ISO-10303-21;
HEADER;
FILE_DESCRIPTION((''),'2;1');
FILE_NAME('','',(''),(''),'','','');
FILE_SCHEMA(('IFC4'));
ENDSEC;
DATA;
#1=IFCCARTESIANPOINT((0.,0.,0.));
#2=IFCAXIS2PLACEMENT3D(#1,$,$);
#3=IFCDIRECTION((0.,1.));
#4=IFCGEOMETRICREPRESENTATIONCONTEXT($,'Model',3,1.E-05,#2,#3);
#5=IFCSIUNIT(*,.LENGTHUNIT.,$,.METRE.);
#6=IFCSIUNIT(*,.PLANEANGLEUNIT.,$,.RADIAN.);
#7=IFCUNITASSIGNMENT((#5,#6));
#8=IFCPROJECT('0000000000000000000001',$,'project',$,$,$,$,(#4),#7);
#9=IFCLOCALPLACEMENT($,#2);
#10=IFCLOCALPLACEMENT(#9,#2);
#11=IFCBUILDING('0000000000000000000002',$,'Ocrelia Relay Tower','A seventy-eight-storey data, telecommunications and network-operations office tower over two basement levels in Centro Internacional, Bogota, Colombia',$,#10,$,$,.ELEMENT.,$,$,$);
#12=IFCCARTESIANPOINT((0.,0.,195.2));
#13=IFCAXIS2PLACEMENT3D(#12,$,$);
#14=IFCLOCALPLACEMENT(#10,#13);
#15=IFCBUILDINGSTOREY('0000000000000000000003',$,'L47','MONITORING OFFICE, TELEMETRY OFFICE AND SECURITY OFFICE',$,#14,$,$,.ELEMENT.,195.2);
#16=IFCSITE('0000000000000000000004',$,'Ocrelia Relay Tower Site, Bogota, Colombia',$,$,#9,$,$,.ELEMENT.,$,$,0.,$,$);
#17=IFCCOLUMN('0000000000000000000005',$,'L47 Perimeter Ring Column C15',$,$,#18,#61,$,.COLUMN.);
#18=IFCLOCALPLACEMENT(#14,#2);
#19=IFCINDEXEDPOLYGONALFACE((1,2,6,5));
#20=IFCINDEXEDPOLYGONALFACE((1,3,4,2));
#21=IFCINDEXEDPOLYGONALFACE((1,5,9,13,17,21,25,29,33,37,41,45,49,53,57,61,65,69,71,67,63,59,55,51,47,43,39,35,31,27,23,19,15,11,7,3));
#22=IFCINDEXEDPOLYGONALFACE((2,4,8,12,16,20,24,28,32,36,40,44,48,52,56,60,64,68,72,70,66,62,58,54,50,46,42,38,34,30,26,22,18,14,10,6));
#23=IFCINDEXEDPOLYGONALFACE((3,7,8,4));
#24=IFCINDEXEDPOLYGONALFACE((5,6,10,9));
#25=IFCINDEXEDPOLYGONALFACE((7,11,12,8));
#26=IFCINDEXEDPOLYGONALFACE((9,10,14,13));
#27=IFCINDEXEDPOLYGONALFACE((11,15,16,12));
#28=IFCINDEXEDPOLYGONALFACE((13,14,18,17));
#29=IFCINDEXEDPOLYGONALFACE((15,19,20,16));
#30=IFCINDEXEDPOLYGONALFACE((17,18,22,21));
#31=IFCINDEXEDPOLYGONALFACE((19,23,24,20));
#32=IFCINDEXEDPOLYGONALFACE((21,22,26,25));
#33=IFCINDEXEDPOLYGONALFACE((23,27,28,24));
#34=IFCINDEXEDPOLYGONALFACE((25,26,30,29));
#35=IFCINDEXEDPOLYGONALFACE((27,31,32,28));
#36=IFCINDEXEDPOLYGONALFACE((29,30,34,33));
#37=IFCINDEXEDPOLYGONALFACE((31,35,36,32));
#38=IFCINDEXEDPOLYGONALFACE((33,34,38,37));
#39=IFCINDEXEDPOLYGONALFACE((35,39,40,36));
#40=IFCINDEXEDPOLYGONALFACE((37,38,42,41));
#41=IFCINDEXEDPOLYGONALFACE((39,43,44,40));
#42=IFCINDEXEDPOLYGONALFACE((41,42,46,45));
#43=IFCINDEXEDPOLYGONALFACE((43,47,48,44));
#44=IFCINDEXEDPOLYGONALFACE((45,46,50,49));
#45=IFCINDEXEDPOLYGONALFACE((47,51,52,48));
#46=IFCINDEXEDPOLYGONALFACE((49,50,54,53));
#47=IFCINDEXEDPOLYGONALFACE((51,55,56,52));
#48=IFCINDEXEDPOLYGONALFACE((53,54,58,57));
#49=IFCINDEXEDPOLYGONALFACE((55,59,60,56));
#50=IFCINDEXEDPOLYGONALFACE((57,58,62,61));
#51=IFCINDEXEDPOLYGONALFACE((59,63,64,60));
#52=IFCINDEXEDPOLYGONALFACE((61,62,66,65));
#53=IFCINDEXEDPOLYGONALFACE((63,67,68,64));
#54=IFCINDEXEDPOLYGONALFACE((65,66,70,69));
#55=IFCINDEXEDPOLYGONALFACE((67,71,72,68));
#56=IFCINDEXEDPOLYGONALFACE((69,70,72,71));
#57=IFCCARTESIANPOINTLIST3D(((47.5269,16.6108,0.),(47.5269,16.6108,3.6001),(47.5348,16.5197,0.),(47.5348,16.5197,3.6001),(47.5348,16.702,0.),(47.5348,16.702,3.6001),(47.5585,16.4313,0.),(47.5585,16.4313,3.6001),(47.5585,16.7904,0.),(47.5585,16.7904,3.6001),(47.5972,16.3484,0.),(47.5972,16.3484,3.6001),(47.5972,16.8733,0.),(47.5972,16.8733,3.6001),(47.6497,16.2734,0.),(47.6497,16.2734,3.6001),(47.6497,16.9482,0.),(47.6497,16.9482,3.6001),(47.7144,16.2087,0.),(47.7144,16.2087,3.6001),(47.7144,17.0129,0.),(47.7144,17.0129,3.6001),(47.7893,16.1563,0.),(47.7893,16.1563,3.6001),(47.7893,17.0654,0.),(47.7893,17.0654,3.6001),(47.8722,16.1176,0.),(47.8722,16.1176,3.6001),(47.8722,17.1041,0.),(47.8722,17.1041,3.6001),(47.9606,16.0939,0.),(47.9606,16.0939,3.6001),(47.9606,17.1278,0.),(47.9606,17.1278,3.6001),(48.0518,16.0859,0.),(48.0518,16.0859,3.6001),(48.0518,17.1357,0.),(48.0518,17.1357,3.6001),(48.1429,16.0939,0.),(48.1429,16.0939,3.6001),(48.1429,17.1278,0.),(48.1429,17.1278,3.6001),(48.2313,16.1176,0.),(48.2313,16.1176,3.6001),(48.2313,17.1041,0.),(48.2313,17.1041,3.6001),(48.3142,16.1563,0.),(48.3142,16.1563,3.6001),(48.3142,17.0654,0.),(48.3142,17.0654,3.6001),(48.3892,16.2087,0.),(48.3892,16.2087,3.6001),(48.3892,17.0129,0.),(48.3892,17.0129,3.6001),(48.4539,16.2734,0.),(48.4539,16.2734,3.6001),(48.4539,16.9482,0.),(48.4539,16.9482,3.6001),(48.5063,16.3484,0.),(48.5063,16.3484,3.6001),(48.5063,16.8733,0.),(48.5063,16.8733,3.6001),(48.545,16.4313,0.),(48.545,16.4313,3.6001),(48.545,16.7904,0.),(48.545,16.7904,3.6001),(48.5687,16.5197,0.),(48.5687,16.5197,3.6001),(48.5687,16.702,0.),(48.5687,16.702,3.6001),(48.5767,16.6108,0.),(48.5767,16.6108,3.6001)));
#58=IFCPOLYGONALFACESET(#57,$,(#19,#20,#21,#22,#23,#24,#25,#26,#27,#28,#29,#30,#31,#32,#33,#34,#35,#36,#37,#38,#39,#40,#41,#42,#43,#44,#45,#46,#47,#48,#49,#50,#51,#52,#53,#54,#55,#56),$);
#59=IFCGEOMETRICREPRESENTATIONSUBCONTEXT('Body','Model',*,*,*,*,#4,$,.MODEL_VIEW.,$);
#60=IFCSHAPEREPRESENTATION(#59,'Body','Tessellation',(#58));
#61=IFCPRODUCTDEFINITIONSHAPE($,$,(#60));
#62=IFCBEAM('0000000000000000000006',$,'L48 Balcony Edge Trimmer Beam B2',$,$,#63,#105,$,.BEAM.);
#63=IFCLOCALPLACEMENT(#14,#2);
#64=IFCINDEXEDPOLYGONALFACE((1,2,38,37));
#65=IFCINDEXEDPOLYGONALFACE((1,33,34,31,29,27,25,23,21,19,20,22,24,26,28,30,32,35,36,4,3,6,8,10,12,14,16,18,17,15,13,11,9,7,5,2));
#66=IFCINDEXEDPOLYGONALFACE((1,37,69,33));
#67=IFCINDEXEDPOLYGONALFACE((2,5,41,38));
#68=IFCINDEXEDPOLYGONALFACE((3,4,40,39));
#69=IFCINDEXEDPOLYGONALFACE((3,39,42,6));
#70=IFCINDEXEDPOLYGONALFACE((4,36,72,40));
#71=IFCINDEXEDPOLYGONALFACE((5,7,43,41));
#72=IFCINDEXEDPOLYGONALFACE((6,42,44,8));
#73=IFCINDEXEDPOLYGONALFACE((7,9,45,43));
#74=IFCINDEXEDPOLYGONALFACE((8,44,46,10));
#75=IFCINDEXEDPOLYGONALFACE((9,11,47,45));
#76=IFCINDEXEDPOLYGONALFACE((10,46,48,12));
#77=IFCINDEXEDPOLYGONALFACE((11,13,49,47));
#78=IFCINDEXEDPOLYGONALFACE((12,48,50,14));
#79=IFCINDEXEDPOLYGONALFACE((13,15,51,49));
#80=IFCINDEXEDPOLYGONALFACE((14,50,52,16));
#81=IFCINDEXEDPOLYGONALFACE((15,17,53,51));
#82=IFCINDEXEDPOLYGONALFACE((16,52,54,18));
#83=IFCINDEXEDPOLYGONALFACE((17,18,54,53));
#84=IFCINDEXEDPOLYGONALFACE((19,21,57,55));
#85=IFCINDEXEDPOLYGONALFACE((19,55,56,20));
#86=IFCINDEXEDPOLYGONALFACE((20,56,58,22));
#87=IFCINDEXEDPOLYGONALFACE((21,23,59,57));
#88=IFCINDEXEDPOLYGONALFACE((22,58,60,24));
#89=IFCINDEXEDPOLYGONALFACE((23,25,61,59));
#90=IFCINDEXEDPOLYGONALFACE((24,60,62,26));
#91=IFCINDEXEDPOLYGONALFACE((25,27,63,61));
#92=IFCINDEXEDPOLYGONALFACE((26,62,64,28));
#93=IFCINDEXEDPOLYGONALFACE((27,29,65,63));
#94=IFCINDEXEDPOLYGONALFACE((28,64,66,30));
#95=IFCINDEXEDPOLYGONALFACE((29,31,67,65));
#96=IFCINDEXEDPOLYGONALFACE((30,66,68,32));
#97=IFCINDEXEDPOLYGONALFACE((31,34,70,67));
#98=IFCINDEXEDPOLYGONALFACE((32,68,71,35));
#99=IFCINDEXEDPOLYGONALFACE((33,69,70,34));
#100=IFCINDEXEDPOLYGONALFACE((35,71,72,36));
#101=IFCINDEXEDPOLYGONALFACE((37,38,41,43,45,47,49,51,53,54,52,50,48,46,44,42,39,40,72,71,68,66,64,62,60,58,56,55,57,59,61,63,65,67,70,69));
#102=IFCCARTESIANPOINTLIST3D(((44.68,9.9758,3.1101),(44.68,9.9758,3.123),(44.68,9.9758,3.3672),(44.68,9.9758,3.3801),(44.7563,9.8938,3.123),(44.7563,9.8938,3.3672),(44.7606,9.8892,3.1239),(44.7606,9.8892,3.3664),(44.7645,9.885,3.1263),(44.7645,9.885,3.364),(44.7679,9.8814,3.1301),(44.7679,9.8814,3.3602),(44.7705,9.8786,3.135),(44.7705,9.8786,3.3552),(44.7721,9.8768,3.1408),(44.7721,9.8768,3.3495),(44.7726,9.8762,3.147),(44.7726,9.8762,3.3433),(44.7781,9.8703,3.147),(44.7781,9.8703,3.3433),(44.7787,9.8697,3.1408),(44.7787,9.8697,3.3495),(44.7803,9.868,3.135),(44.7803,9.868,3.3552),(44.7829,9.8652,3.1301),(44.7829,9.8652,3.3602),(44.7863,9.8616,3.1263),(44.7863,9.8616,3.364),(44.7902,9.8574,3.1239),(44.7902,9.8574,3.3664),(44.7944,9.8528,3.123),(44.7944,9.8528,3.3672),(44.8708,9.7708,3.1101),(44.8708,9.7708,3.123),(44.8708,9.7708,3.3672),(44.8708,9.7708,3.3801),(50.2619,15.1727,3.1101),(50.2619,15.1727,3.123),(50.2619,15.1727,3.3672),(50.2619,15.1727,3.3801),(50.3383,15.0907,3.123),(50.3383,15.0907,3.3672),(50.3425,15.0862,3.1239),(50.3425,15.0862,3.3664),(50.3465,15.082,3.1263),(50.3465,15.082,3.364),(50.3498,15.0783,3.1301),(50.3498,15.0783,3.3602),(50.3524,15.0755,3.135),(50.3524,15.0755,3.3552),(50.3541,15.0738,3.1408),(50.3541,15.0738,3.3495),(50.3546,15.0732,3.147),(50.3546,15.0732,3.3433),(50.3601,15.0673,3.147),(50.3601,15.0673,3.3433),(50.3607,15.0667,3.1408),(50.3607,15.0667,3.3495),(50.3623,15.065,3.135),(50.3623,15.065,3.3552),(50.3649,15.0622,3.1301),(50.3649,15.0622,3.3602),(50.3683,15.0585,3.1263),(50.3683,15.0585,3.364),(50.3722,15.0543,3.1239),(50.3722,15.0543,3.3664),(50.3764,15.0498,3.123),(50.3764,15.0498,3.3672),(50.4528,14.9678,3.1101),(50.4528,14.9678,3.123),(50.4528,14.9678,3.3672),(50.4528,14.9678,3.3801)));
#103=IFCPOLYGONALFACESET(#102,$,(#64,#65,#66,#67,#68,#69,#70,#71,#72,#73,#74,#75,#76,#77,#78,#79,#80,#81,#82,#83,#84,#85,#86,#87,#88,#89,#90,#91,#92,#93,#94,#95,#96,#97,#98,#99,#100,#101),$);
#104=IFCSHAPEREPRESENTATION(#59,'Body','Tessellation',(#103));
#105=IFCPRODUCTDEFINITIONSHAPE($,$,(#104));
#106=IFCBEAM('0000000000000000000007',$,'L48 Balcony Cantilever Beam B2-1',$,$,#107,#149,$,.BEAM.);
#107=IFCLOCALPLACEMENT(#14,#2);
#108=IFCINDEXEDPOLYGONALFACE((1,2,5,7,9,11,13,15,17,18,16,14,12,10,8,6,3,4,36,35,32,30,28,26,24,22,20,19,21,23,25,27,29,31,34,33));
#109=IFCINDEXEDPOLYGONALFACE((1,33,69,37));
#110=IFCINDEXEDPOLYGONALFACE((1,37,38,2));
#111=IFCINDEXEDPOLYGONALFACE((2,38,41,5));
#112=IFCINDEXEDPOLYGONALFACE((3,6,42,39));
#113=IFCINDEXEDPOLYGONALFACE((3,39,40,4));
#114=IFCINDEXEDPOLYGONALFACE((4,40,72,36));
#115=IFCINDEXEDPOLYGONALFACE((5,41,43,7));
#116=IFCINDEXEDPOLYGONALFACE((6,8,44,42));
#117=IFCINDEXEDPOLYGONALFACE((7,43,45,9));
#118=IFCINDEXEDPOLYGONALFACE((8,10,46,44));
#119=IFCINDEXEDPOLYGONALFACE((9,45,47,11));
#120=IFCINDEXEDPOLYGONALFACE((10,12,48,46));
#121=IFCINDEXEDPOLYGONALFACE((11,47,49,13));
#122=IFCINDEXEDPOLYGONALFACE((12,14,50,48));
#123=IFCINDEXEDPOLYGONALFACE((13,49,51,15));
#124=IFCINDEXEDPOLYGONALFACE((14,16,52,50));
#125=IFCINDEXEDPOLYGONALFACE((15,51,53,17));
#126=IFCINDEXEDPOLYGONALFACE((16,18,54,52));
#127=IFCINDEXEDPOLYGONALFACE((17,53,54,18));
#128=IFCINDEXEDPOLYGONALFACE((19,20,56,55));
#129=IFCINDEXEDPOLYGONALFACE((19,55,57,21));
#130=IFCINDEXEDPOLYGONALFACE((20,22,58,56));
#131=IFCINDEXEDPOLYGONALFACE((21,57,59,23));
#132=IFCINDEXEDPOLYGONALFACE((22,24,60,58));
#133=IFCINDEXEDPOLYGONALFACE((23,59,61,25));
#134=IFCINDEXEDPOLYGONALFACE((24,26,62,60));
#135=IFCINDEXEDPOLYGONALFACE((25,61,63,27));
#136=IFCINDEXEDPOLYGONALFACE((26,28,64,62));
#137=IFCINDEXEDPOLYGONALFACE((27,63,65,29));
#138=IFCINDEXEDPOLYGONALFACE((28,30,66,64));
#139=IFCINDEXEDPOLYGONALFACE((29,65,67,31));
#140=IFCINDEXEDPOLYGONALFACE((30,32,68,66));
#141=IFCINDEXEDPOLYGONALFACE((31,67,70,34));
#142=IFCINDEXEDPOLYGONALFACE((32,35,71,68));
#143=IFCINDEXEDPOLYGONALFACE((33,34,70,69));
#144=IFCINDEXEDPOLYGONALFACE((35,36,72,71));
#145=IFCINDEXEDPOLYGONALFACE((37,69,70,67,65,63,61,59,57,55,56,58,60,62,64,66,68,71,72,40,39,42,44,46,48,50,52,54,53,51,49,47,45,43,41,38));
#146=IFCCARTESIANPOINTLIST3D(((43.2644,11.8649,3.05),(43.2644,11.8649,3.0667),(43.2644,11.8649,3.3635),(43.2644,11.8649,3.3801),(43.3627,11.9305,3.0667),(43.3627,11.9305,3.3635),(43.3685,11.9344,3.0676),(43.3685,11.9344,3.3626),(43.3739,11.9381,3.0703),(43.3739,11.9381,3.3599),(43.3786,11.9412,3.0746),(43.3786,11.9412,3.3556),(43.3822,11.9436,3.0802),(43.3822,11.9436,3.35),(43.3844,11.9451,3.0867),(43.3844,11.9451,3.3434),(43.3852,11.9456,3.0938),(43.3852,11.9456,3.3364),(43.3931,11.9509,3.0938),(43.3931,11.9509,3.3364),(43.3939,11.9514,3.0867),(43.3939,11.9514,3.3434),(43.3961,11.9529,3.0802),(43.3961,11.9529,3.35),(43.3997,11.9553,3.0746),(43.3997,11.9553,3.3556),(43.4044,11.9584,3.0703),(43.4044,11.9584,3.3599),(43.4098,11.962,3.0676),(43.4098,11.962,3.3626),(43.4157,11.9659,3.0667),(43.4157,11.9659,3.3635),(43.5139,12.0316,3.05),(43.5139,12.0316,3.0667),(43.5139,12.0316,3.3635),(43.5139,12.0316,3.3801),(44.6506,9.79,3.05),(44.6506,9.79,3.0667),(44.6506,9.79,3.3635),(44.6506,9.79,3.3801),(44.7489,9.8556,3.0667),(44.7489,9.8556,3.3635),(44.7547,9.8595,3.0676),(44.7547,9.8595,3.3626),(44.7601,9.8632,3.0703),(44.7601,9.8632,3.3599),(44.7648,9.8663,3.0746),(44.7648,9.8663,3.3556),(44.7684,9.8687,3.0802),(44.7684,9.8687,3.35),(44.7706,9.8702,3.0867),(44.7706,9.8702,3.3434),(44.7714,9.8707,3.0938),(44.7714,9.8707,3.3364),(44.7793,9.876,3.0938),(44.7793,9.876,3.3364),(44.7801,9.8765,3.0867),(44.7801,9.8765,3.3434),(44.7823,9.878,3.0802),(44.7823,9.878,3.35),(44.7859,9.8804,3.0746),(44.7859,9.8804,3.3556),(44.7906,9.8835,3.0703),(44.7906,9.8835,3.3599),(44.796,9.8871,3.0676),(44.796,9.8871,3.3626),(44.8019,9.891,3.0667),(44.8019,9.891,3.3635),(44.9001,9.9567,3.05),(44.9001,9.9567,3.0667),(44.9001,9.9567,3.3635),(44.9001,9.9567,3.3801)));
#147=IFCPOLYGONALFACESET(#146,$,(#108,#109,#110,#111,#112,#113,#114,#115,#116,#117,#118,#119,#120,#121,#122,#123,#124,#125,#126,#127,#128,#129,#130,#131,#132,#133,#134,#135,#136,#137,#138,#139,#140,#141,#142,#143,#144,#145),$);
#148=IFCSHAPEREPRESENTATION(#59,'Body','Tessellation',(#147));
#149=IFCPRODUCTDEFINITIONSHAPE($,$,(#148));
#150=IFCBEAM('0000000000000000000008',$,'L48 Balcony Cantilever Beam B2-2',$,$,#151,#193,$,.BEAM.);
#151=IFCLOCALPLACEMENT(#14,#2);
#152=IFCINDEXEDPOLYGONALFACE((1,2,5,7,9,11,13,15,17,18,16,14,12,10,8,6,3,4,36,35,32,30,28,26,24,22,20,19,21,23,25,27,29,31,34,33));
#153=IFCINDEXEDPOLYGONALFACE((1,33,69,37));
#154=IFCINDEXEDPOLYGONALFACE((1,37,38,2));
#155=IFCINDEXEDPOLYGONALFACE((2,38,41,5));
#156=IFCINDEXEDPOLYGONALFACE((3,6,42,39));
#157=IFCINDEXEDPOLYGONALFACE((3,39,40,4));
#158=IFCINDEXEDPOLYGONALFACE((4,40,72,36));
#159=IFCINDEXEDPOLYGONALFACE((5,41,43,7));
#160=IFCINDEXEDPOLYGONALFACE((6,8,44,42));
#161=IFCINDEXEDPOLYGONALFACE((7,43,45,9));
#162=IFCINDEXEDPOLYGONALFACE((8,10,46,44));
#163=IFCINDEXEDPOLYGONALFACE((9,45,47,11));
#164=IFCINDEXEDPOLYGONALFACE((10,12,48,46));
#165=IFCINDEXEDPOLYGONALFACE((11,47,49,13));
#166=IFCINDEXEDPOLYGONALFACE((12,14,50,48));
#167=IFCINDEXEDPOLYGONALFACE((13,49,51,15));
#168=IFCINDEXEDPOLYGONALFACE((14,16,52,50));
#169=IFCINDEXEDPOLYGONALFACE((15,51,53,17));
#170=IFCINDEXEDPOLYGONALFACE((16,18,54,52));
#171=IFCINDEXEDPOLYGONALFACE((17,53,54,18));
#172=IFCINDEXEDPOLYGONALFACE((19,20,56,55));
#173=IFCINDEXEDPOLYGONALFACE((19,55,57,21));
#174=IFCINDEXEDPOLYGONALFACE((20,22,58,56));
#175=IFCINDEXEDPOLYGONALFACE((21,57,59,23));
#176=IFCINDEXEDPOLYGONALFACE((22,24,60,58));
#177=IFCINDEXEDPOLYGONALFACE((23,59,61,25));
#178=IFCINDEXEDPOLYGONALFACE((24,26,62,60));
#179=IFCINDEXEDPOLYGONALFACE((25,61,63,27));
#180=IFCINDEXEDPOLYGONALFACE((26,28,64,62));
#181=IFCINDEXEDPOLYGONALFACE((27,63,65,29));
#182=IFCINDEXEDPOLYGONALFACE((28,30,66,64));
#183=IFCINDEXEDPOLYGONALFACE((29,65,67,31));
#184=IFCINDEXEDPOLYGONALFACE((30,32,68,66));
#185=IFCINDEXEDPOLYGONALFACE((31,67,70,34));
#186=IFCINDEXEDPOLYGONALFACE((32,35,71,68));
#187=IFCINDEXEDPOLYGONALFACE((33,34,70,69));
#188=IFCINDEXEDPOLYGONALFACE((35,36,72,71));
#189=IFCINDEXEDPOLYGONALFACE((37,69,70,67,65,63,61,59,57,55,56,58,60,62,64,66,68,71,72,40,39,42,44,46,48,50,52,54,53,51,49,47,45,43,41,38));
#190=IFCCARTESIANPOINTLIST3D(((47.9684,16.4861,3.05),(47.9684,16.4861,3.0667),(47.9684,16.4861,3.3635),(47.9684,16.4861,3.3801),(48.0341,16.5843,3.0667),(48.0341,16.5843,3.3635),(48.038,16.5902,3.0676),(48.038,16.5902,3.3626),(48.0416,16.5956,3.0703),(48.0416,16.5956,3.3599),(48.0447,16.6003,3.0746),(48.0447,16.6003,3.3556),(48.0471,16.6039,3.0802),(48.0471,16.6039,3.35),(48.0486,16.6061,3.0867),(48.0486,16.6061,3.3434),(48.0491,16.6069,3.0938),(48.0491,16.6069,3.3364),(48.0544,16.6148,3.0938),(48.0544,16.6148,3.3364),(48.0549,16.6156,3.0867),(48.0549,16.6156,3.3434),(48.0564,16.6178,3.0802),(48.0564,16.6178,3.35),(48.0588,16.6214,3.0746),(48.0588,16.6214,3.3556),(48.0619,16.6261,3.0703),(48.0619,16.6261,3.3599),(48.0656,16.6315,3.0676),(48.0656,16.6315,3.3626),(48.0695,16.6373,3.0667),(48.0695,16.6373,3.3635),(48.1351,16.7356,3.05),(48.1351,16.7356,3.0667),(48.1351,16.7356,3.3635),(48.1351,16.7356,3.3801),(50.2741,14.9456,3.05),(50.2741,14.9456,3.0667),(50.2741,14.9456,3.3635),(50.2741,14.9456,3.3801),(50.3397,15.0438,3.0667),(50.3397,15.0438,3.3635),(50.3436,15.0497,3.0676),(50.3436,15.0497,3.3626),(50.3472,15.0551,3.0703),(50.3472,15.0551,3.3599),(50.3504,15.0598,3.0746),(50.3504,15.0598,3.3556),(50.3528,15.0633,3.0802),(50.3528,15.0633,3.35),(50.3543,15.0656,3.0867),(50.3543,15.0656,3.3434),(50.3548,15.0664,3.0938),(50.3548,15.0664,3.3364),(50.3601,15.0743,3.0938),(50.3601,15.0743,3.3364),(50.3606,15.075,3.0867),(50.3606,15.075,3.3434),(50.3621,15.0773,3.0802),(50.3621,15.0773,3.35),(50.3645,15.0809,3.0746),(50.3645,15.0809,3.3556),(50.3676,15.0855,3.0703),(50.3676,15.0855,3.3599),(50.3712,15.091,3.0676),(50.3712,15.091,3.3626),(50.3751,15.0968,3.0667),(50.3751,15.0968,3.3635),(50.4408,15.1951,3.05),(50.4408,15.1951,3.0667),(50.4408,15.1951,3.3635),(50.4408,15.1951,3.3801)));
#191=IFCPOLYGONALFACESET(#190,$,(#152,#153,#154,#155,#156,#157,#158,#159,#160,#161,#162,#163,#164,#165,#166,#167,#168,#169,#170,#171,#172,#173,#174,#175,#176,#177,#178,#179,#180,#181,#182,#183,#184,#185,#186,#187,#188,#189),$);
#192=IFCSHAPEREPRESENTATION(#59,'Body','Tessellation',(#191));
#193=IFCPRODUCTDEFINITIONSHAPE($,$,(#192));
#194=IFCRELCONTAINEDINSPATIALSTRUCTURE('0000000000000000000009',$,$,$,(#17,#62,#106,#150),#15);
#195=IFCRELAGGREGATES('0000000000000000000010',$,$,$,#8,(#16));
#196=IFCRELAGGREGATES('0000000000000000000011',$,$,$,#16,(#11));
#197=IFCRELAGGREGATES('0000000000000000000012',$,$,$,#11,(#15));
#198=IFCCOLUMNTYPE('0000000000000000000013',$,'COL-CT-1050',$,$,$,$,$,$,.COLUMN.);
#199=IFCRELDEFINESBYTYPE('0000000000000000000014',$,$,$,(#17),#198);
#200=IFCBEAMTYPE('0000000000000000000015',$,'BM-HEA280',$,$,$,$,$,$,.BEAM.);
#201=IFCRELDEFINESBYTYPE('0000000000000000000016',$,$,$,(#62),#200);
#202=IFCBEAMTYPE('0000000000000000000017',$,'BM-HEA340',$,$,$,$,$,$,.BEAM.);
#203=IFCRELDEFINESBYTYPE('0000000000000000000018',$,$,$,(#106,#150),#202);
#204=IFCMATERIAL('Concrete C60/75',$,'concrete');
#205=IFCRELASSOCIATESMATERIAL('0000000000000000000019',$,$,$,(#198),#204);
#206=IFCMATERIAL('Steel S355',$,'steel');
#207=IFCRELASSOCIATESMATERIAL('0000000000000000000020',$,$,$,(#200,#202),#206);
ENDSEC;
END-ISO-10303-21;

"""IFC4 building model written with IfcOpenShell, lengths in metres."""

from ifc_helpers import new_model, si_unit, direction, frame, origin, origin_2d, place, context, subcontext, project, spatial, circle, i_section, extrude, material, material_profile, profile_set, type_object, element, save


model = new_model("IFC4")

# Units and contexts
model_context = context("Model", 3, precision=1e-05, world=origin(), true_north=direction((0.0, 1.0)))
body_context = subcontext(model_context, "Body", "Model", "MODEL_VIEW")
ifc_project = project(units=[si_unit("LENGTHUNIT", "METRE"), si_unit("PLANEANGLEUNIT", "RADIAN")], contexts=[model_context])

# Site, building, storey
site_placement = place(None, origin())
site = spatial("IfcSite", under=ifc_project, at=site_placement, Name="Ocrelia Relay Tower Site, Bogota, Colombia", CompositionType="ELEMENT", RefElevation=0.0)
building_placement = place(site_placement, origin())
building = spatial("IfcBuilding", under=site, at=building_placement, Name="Ocrelia Relay Tower", Description="A seventy-eight-storey data, telecommunications and network-operations office tower over two basement levels in Centro Internacional, Bogota, Colombia", CompositionType="ELEMENT")
storey_placement = place(building_placement, frame((0.0, 0.0, 195.2)))
storey = spatial("IfcBuildingStorey", under=building, at=storey_placement, Name="L47", Description="MONITORING OFFICE, TELEMETRY OFFICE AND SECURITY OFFICE", CompositionType="ELEMENT", Elevation=195.2)

# Column
ifc_material_1 = material(Name="Concrete C60/75", Category="concrete")
ifc_material_profile_1 = material_profile(ifc_material_1, circle(Radius=0.5249, at=origin_2d()), Name="RC-CIR-1050")
ifc_profile_set_1 = profile_set([ifc_material_profile_1], Name="Concrete C60/75")
column_type = type_object("IfcColumnType", Name="COL-CT-1050", PredefinedType="COLUMN", material=ifc_profile_set_1)
column_placement = place(storey_placement, frame((48.0518, 16.6108, 0.0), z_axis=(0.0, 0.0, 1.0), x_axis=(1.0, 0.0, 0.0)))
element("IfcColumn", 1, at=column_placement, inside=storey, type_object=column_type, Name="L47 Perimeter Ring Column C15", PredefinedType="COLUMN", context=body_context, shape_type="SweptSolid", body=[
    extrude(circle(Radius=0.5249, at=origin_2d()), origin(), (0.0, 0.0, 1.0), 3.6001),
])

# Beams
ifc_material_2 = material(Name="Steel S355", Category="steel")
ifc_material_profile_2 = material_profile(ifc_material_2, i_section(OverallWidth=0.28, OverallDepth=0.27, WebThickness=0.0081, FlangeThickness=0.0129, FilletRadius=0.0239, at=origin_2d()), Name="HEA 280")
ifc_profile_set_2 = profile_set([ifc_material_profile_2], Name="Steel S355")
beam_type_1 = type_object("IfcBeamType", Name="BM-HEA280", PredefinedType="BEAM", material=ifc_profile_set_2)
beam_1_placement = place(storey_placement, frame((44.7754, 9.8733, 3.2451), z_axis=(0.731897, 0.681416, 0.0), x_axis=(-0.681416, 0.731897, 0.0)))
element("IfcBeam", 2, at=beam_1_placement, inside=storey, type_object=beam_type_1, Name="L48 Balcony Edge Trimmer Beam B2", PredefinedType="BEAM", context=body_context, shape_type="SweptSolid", body=[
    extrude(i_section(OverallWidth=0.28, OverallDepth=0.27, WebThickness=0.0081, FlangeThickness=0.0129, FilletRadius=0.0239, at=origin_2d()), origin(), (0.0, 0.0, 1.0), 7.6267),
])
ifc_material_profile_3 = material_profile(ifc_material_2, i_section(OverallWidth=0.3, OverallDepth=0.3301, WebThickness=0.0095, FlangeThickness=0.0166, FilletRadius=0.0271, at=origin_2d()), Name="HEA 340")
ifc_profile_set_3 = profile_set([ifc_material_profile_3], Name="Steel S355")
beam_type_2 = type_object("IfcBeamType", Name="BM-HEA340", PredefinedType="BEAM", material=ifc_profile_set_3)
beam_2_placement = place(storey_placement, frame((43.3892, 11.9482, 3.2151), z_axis=(0.555513, -0.831508, 0.0), x_axis=(0.831508, 0.555513, 0.0)))
element("IfcBeam", 3, at=beam_2_placement, inside=storey, type_object=beam_type_2, Name="L48 Balcony Cantilever Beam B2-1", PredefinedType="BEAM", context=body_context, shape_type="SweptSolid", body=[
    extrude(i_section(OverallWidth=0.3, OverallDepth=0.3301, WebThickness=0.0095, FlangeThickness=0.0166, FilletRadius=0.0271, at=origin_2d()), origin(), (0.0, 0.0, 1.0), 2.4954),
])
beam_3_placement = place(storey_placement, frame((48.0518, 16.6108, 3.2151), z_axis=(0.831481, -0.555553, 0.0), x_axis=(0.555553, 0.831481, 0.0)))
element("IfcBeam", 4, at=beam_3_placement, inside=storey, type_object=beam_type_2, Name="L48 Balcony Cantilever Beam B2-2", PredefinedType="BEAM", context=body_context, shape_type="SweptSolid", body=[
    extrude(i_section(OverallWidth=0.3, OverallDepth=0.3301, WebThickness=0.0095, FlangeThickness=0.0166, FilletRadius=0.0271, at=origin_2d()), origin(), (0.0, 0.0, 1.0), 2.7729),
])

save(model, "model.ifc")
